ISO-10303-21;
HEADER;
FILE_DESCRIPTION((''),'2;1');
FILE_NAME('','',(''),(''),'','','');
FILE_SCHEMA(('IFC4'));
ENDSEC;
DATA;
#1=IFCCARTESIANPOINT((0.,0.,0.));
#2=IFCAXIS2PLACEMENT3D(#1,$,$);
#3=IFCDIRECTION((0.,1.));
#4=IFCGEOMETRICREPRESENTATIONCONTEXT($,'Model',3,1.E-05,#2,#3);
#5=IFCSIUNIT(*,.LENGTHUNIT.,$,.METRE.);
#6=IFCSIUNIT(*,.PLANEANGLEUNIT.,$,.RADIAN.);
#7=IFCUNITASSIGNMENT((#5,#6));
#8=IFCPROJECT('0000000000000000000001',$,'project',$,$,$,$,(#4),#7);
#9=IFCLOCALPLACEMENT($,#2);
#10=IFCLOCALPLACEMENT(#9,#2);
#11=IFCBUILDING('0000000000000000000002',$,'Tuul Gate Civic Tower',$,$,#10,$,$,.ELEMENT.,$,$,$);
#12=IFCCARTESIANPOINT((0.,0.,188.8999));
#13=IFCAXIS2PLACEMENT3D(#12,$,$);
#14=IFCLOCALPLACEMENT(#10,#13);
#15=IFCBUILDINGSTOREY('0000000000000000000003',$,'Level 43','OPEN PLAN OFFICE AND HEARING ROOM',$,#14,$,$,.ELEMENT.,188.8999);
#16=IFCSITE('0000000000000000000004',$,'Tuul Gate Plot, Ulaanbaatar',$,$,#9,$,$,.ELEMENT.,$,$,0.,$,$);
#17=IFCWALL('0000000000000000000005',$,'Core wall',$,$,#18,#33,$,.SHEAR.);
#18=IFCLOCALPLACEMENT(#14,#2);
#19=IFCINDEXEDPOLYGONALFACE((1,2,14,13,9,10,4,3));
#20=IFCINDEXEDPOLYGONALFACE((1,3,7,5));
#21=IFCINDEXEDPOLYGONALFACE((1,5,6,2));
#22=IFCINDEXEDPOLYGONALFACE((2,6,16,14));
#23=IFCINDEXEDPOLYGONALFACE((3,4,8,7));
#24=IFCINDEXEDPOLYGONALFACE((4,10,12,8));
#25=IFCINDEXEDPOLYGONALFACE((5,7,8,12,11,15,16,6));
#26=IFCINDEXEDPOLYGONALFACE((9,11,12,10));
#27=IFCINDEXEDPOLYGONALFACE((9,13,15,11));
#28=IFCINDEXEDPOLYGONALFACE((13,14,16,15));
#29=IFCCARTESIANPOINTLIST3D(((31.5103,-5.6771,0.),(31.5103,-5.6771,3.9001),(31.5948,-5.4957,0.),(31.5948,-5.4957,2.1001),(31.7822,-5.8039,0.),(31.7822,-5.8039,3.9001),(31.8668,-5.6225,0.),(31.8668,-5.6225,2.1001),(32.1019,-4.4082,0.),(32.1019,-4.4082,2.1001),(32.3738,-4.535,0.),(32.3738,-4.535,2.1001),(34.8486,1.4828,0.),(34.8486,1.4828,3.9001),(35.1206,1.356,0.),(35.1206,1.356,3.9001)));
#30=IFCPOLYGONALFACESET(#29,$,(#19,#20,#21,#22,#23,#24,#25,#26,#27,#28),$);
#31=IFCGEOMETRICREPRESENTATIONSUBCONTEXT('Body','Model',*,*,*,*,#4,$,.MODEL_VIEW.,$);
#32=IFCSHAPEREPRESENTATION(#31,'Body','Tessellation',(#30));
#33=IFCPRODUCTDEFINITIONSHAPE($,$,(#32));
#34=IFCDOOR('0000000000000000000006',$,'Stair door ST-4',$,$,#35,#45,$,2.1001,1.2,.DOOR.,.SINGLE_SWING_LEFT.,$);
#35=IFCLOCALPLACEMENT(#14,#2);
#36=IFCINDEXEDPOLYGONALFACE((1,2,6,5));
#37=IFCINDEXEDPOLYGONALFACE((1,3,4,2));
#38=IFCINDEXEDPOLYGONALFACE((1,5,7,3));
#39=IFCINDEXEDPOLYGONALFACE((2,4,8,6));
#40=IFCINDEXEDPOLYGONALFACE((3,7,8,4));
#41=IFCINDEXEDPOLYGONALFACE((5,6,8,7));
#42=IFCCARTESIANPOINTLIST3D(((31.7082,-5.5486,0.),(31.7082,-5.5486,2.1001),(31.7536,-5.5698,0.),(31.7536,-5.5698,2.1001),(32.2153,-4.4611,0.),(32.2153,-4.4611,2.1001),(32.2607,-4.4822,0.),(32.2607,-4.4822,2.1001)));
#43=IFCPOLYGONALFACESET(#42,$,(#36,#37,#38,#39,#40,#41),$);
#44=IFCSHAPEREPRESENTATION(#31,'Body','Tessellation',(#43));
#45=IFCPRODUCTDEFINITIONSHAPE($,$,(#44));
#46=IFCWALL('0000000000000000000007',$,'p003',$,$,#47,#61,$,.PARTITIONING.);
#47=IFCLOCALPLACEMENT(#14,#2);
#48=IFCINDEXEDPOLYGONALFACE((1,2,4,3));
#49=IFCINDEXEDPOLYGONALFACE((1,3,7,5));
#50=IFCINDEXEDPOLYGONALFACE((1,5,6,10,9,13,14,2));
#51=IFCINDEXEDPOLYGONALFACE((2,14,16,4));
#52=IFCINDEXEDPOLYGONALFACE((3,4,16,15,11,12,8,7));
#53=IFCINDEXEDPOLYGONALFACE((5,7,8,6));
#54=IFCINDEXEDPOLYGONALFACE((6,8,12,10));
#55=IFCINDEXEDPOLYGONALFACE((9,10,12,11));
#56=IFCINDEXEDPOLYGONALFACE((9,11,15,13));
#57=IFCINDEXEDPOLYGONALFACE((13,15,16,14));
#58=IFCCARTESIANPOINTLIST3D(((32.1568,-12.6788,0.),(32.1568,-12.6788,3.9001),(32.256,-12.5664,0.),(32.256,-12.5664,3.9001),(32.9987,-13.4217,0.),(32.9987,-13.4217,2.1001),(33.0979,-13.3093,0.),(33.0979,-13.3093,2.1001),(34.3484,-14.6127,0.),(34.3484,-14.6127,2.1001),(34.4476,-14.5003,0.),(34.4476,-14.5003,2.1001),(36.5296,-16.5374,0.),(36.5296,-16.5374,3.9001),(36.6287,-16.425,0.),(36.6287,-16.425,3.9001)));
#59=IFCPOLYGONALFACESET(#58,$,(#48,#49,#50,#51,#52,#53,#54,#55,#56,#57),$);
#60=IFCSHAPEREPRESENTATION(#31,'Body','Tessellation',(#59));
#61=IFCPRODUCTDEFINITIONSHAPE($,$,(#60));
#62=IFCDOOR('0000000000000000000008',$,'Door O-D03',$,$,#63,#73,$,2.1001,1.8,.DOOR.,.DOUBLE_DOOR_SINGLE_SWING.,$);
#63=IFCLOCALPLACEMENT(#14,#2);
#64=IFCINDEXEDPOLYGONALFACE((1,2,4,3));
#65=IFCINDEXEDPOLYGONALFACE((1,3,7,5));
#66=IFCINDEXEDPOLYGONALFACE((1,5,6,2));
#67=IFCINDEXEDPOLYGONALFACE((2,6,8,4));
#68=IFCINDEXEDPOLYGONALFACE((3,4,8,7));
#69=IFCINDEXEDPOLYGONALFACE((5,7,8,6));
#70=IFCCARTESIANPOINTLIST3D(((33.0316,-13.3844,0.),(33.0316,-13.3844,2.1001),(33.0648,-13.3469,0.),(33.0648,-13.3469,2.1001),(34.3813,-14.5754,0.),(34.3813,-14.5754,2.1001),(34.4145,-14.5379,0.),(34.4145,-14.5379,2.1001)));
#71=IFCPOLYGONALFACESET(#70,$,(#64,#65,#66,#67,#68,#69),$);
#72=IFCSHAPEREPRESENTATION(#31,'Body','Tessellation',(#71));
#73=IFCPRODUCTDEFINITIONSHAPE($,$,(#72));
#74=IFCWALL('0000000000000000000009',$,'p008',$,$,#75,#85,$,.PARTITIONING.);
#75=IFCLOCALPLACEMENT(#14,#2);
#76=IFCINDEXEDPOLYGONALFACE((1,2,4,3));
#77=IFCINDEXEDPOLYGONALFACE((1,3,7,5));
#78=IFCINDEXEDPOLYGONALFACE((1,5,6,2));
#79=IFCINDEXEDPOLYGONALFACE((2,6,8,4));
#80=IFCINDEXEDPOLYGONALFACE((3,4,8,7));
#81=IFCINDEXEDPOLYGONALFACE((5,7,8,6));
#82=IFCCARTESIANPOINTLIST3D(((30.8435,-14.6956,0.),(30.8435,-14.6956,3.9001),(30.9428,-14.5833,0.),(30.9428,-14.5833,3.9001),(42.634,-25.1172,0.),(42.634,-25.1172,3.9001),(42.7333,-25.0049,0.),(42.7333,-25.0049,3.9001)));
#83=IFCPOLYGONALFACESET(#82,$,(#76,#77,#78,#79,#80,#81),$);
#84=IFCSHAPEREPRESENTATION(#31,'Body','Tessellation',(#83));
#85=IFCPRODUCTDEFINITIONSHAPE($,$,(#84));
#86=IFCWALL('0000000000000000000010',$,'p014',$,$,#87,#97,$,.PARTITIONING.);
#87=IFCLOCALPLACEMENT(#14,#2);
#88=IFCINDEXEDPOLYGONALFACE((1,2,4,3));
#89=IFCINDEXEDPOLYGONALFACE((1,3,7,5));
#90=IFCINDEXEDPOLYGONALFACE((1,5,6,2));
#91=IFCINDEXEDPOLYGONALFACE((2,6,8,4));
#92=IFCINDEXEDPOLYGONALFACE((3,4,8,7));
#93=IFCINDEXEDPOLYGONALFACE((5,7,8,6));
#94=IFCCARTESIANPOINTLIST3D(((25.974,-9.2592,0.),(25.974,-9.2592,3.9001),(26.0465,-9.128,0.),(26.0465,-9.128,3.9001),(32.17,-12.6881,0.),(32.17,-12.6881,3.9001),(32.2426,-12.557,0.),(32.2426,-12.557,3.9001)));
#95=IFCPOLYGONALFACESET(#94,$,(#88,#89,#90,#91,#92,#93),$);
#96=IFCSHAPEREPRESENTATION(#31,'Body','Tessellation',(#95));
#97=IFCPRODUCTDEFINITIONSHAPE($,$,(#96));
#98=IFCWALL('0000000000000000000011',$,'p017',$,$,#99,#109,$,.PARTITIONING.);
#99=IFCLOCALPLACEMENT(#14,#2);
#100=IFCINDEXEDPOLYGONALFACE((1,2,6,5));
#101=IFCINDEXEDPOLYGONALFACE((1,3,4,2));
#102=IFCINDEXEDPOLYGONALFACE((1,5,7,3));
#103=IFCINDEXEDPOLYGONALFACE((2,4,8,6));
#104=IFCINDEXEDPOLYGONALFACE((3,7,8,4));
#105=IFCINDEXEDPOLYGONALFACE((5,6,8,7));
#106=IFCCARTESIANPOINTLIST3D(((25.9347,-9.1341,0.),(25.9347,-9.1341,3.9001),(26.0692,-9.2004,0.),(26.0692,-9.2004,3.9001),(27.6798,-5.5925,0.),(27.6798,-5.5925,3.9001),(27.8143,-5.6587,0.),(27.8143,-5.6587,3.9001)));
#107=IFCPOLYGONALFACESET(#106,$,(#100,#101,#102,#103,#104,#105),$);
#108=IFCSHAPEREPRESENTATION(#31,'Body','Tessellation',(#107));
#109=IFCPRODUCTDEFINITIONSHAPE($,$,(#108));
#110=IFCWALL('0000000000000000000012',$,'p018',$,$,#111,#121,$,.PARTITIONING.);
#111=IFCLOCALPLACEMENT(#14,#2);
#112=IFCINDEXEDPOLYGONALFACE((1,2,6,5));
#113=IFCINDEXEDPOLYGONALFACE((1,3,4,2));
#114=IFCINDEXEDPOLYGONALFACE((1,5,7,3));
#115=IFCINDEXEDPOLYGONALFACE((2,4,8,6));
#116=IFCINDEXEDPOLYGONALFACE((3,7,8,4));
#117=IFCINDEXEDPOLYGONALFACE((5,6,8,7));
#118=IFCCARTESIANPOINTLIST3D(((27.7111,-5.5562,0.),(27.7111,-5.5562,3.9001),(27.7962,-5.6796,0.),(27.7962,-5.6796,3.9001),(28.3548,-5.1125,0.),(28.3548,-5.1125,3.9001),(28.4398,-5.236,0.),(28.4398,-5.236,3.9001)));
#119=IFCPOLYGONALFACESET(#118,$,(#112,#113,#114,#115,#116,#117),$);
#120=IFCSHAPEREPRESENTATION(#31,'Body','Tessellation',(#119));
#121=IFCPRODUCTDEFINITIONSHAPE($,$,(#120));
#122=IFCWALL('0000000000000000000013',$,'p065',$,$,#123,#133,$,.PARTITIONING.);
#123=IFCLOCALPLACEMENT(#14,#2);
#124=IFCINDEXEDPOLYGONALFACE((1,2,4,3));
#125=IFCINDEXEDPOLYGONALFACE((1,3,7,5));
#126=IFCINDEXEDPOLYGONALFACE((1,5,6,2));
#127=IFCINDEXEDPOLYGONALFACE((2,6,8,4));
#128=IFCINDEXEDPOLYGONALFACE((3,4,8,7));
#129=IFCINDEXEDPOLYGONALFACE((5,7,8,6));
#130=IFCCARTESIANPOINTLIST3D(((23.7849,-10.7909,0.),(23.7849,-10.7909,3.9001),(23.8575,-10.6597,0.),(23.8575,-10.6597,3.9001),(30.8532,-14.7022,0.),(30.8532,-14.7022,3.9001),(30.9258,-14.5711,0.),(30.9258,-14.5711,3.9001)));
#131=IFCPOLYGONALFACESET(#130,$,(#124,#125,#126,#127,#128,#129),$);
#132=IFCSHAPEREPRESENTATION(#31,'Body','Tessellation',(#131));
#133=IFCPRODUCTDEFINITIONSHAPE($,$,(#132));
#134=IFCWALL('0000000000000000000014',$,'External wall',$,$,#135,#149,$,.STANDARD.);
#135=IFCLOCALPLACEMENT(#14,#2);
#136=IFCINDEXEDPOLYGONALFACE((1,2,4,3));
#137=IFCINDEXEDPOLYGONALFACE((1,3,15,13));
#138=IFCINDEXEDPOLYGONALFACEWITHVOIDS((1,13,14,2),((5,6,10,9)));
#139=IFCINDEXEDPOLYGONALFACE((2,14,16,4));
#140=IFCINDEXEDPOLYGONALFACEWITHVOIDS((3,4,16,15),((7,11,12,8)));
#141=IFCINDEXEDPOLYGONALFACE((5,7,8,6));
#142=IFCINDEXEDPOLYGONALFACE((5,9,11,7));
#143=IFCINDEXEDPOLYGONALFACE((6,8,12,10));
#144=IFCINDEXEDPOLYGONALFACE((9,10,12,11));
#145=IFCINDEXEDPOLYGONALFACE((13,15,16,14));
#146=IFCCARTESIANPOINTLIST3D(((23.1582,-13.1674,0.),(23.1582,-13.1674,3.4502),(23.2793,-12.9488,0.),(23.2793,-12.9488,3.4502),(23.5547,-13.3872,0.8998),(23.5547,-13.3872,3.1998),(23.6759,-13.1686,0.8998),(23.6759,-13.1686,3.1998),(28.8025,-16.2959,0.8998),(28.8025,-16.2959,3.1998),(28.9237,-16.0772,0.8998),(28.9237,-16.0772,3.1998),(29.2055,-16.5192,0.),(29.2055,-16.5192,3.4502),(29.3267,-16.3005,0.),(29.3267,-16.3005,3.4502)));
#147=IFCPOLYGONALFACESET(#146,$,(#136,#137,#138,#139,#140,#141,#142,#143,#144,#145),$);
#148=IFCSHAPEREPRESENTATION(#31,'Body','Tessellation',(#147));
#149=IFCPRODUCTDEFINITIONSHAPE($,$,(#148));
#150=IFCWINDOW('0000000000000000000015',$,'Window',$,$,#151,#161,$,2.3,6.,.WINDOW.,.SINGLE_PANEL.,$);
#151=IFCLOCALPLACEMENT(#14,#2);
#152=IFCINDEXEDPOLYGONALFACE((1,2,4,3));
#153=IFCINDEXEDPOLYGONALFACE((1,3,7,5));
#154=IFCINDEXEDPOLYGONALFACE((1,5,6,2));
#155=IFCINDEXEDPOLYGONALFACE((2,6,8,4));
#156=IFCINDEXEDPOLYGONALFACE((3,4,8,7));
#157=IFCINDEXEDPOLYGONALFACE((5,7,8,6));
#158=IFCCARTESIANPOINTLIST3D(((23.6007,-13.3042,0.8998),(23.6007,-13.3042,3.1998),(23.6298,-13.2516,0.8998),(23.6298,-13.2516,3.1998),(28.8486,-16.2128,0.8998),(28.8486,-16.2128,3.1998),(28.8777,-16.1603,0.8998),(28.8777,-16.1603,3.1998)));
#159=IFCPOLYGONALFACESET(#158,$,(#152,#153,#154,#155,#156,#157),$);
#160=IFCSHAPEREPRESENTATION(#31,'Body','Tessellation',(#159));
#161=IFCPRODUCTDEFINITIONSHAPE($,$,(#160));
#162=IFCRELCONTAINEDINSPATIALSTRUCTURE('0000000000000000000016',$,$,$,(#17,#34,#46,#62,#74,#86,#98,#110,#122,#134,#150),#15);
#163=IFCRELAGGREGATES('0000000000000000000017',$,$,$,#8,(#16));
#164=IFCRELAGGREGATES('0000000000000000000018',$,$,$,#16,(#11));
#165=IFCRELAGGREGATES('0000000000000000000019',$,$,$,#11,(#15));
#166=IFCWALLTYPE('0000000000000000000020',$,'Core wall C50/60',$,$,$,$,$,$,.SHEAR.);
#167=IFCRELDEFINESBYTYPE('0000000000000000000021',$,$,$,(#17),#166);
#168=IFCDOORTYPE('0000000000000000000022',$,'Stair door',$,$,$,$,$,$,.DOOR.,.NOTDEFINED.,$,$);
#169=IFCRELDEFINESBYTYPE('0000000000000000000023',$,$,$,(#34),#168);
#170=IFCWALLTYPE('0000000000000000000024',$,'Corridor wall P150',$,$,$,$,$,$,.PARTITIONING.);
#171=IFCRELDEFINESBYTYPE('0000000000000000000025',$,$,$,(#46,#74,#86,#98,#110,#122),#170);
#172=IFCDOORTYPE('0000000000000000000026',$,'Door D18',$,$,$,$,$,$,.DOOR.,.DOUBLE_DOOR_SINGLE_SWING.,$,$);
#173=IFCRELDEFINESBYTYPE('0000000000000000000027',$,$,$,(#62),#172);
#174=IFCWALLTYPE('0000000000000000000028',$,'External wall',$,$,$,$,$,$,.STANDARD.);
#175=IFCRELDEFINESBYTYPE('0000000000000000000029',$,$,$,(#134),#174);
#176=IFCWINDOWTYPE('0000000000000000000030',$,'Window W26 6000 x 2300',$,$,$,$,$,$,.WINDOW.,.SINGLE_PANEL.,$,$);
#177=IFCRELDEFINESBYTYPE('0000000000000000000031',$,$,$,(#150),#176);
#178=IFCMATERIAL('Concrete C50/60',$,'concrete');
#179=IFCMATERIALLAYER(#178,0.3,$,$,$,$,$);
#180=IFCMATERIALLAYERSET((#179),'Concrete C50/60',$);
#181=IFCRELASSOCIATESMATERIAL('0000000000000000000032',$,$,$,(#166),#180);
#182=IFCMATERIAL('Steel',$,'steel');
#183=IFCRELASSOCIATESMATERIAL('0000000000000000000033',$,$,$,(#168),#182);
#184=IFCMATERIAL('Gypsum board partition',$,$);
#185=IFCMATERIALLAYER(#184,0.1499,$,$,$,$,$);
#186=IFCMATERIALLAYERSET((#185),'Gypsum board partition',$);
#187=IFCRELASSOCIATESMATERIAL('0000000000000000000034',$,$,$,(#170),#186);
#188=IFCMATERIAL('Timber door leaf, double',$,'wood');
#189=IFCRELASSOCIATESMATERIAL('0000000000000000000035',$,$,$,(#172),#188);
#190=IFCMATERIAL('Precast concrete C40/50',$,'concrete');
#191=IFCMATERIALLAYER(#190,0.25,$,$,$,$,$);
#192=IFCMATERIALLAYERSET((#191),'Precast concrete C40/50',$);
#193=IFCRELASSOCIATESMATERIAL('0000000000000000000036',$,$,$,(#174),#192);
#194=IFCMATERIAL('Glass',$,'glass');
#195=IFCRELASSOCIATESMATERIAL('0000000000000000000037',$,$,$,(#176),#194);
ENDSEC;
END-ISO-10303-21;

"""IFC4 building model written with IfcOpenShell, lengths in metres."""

from ifc_helpers import new_model, si_unit, direction, frame, frame_2d, origin, place, context, subcontext, project, spatial, rectangle, extrude, material, layer, layer_set, type_object, element, fill, save


model = new_model("IFC4")

# Units and contexts
model_context = context("Model", 3, precision=1e-05, world=origin(), true_north=direction((0.0, 1.0)))
body_context = subcontext(model_context, "Body", "Model", "MODEL_VIEW")
ifc_project = project(units=[si_unit("LENGTHUNIT", "METRE"), si_unit("PLANEANGLEUNIT", "RADIAN")], contexts=[model_context])

# Site, building, storey
site_placement = place(None, origin())
site = spatial("IfcSite", under=ifc_project, at=site_placement, Name="Tuul Gate Plot, Ulaanbaatar", CompositionType="ELEMENT", RefElevation=0.0)
building_placement = place(site_placement, origin())
building = spatial("IfcBuilding", under=site, at=building_placement, Name="Tuul Gate Civic Tower", CompositionType="ELEMENT")
storey_placement = place(building_placement, frame((0.0, 0.0, 188.8999)))
storey = spatial("IfcBuildingStorey", under=building, at=storey_placement, Name="Level 43", Description="OPEN PLAN OFFICE AND HEARING ROOM", CompositionType="ELEMENT", Elevation=188.8999)

# Walls, openings, doors
ifc_material_1 = material(Name="Concrete C50/60", Category="concrete")
ifc_layer_1 = layer(ifc_material_1, 0.3)
ifc_layer_set_1 = layer_set([ifc_layer_1], Name="Concrete C50/60")
wall_type_1 = type_object("IfcWallType", Name="Core wall C50/60", PredefinedType="SHEAR", material=ifc_layer_set_1)
wall_1_placement = place(storey_placement, frame((31.6462, -5.7405, 0.0), z_axis=(0.0, 0.0, 1.0), x_axis=(0.422583, 0.906324, 0.0)))
wall_1 = element("IfcWall", 1, at=wall_1_placement, inside=storey, type_object=wall_type_1, Name="Core wall", PredefinedType="SHEAR", context=body_context, shape_type="SweptSolid", body=[
    extrude(rectangle(XDim=7.8999, YDim=0.3, at=frame_2d((3.95, 0.0))), origin(), (0.0, 0.0, 1.0), 3.9001),
])
opening_1_placement = place(wall_1_placement, frame((0.2, 0.0, 0.0)))
opening_1 = element("IfcOpeningElement", 2, at=opening_1_placement, cuts=wall_1, PredefinedType="OPENING", context=body_context, shape_type="SweptSolid", body=[
    extrude(rectangle(XDim=1.2, YDim=2.1001, at=frame_2d((0.6001, 1.05))), frame((0.0, 0.1602, 0.0), z_axis=(0.0, -1.0, 0.0), x_axis=(1.0, 0.0, 0.0)), (0.0, 0.0, 1.0), 0.3201),
])
ifc_material_2 = material(Name="Steel", Category="steel")
door_type_1 = type_object("IfcDoorType", Name="Stair door", OperationType="NOTDEFINED", PredefinedType="DOOR", material=ifc_material_2)
door_1_placement = place(opening_1_placement, origin())
door_1 = element("IfcDoor", 3, at=door_1_placement, inside=storey, type_object=door_type_1, Name="Stair door ST-4", OperationType="SINGLE_SWING_LEFT", OverallHeight=2.1001, OverallWidth=1.2, PredefinedType="DOOR", context=body_context, shape_type="SweptSolid", body=[
    extrude(rectangle(XDim=1.2, YDim=2.1001, at=frame_2d((0.6001, 1.05))), frame((0.0, 0.0249, 0.0), z_axis=(0.0, -1.0, 0.0), x_axis=(1.0, 0.0, 0.0)), (0.0, 0.0, 1.0), 0.05),
])
fill(opening_1, door_1)
ifc_material_3 = material(Name="Gypsum board partition")
ifc_layer_2 = layer(ifc_material_3, 0.1499)
ifc_layer_set_2 = layer_set([ifc_layer_2], Name="Gypsum board partition")
wall_type_2 = type_object("IfcWallType", Name="Corridor wall P150", PredefinedType="PARTITIONING", material=ifc_layer_set_2)
wall_2_placement = place(storey_placement, frame((32.2063, -12.6226, 0.0), z_axis=(0.0, 0.0, 1.0), x_axis=(0.749813, -0.661649, 0.0)))
wall_2 = element("IfcWall", 4, at=wall_2_placement, inside=storey, type_object=wall_type_2, Name="p003", PredefinedType="PARTITIONING", context=body_context, shape_type="SweptSolid", body=[
    extrude(rectangle(XDim=5.8318, YDim=0.1499, at=frame_2d((2.916, 0.0))), origin(), (0.0, 0.0, 1.0), 3.9001),
])
opening_2_placement = place(wall_2_placement, frame((1.123, 0.0, 0.0)))
opening_2 = element("IfcOpeningElement", 5, at=opening_2_placement, cuts=wall_2, PredefinedType="OPENING", context=body_context, shape_type="SweptSolid", body=[
    extrude(rectangle(XDim=1.8, YDim=2.1001, at=frame_2d((0.8999, 1.05))), frame((0.0, 0.085, 0.0), z_axis=(0.0, -1.0, 0.0), x_axis=(1.0, 0.0, 0.0)), (0.0, 0.0, 1.0), 0.1699),
])
ifc_material_4 = material(Name="Timber door leaf, double", Category="wood")
door_type_2 = type_object("IfcDoorType", Name="Door D18", OperationType="DOUBLE_DOOR_SINGLE_SWING", PredefinedType="DOOR", material=ifc_material_4)
door_2_placement = place(opening_2_placement, origin())
door_2 = element("IfcDoor", 6, at=door_2_placement, inside=storey, type_object=door_type_2, Name="Door O-D03", OperationType="DOUBLE_DOOR_SINGLE_SWING", OverallHeight=2.1001, OverallWidth=1.8, PredefinedType="DOOR", context=body_context, shape_type="SweptSolid", body=[
    extrude(rectangle(XDim=1.8, YDim=2.1001, at=frame_2d((0.8999, 1.05))), frame((0.0, 0.0249, 0.0), z_axis=(0.0, -1.0, 0.0), x_axis=(1.0, 0.0, 0.0)), (0.0, 0.0, 1.0), 0.05),
])
fill(opening_2, door_2)

# Walls
wall_3_placement = place(storey_placement, frame((30.8931, -14.6394, 0.0), z_axis=(0.0, 0.0, 1.0), x_axis=(0.749263, -0.662273, 0.0)))
element("IfcWall", 7, at=wall_3_placement, inside=storey, type_object=wall_type_2, Name="p008", PredefinedType="PARTITIONING", context=body_context, shape_type="SweptSolid", body=[
    extrude(rectangle(XDim=15.7361, YDim=0.1499, at=frame_2d((7.8682, 0.0))), origin(), (0.0, 0.0, 1.0), 3.9001),
])
wall_4_placement = place(storey_placement, frame((26.0103, -9.1936, 0.0), z_axis=(0.0, 0.0, 1.0), x_axis=(0.874953, -0.484208, 0.0)))
element("IfcWall", 8, at=wall_4_placement, inside=storey, type_object=wall_type_2, Name="p014", PredefinedType="PARTITIONING", context=body_context, shape_type="SweptSolid", body=[
    extrude(rectangle(XDim=7.0815, YDim=0.1499, at=frame_2d((3.5408, 0.0))), origin(), (0.0, 0.0, 1.0), 3.9001),
])
wall_5_placement = place(storey_placement, frame((26.002, -9.1672, 0.0), z_axis=(0.0, 0.0, 1.0), x_axis=(0.441987, 0.897021, 0.0)))
element("IfcWall", 9, at=wall_5_placement, inside=storey, type_object=wall_type_2, Name="p017", PredefinedType="PARTITIONING", context=body_context, shape_type="SweptSolid", body=[
    extrude(rectangle(XDim=3.9482, YDim=0.1499, at=frame_2d((1.9741, 0.0))), origin(), (0.0, 0.0, 1.0), 3.9001),
])
wall_6_placement = place(storey_placement, frame((27.7537, -5.6179, 0.0), z_axis=(0.0, 0.0, 1.0), x_axis=(0.823349, 0.567536, 0.0)))
element("IfcWall", 10, at=wall_6_placement, inside=storey, type_object=wall_type_2, Name="p018", PredefinedType="PARTITIONING", context=body_context, shape_type="SweptSolid", body=[
    extrude(rectangle(XDim=0.7817, YDim=0.1499, at=frame_2d((0.3909, 0.0))), origin(), (0.0, 0.0, 1.0), 3.9001),
])
wall_7_placement = place(storey_placement, frame((23.8213, -10.7253, 0.0), z_axis=(0.0, 0.0, 1.0), x_axis=(0.87497, -0.484177, 0.0)))
element("IfcWall", 11, at=wall_7_placement, inside=storey, type_object=wall_type_2, Name="p065", PredefinedType="PARTITIONING", context=body_context, shape_type="SweptSolid", body=[
    extrude(rectangle(XDim=8.0784, YDim=0.1499, at=frame_2d((4.0391, 0.0))), origin(), (0.0, 0.0, 1.0), 3.9001),
])

# Wall, opening, window
ifc_material_5 = material(Name="Precast concrete C40/50", Category="concrete")
ifc_layer_3 = layer(ifc_material_5, 0.25)
ifc_layer_set_3 = layer_set([ifc_layer_3], Name="Precast concrete C40/50")
wall_type_3 = type_object("IfcWallType", Name="External wall", PredefinedType="STANDARD", material=ifc_layer_set_3)
wall_8_placement = place(storey_placement, frame((23.2188, -13.0581, 0.0), z_axis=(0.0, 0.0, 1.0), x_axis=(0.874638, -0.484776, 0.0)))
wall_8 = element("IfcWall", 12, at=wall_8_placement, inside=storey, type_object=wall_type_3, Name="External wall", PredefinedType="STANDARD", context=body_context, shape_type="SweptSolid", body=[
    extrude(rectangle(XDim=6.9141, YDim=0.25, at=frame_2d((3.457, 0.0))), origin(), (0.0, 0.0, 1.0), 3.4502),
])
opening_3_placement = place(wall_8_placement, frame((0.4534, 0.0, 0.8999)))
opening_3 = element("IfcOpeningElement", 13, at=opening_3_placement, cuts=wall_8, PredefinedType="OPENING", context=body_context, shape_type="SweptSolid", body=[
    extrude(rectangle(XDim=6.0, YDim=2.3, at=frame_2d((3.0, 1.1499))), frame((0.0, 0.135, 0.0), z_axis=(0.0, -1.0, 0.0), x_axis=(1.0, 0.0, 0.0)), (0.0, 0.0, 1.0), 0.27),
])
ifc_material_6 = material(Name="Glass", Category="glass")
window_type = type_object("IfcWindowType", Name="Window W26 6000 x 2300", PartitioningType="SINGLE_PANEL", PredefinedType="WINDOW", material=ifc_material_6)
window_1_placement = place(opening_3_placement, origin())
window_1 = element("IfcWindow", 14, at=window_1_placement, inside=storey, type_object=window_type, Name="Window", OverallHeight=2.3, OverallWidth=6.0, PartitioningType="SINGLE_PANEL", PredefinedType="WINDOW", context=body_context, shape_type="SweptSolid", body=[
    extrude(rectangle(XDim=6.0, YDim=2.3, at=frame_2d((3.0, 1.1499))), frame((0.0, 0.03, 0.0), z_axis=(0.0, -1.0, 0.0), x_axis=(1.0, 0.0, 0.0)), (0.0, 0.0, 1.0), 0.0601),
])
fill(opening_3, window_1)

save(model, "model.ifc")
